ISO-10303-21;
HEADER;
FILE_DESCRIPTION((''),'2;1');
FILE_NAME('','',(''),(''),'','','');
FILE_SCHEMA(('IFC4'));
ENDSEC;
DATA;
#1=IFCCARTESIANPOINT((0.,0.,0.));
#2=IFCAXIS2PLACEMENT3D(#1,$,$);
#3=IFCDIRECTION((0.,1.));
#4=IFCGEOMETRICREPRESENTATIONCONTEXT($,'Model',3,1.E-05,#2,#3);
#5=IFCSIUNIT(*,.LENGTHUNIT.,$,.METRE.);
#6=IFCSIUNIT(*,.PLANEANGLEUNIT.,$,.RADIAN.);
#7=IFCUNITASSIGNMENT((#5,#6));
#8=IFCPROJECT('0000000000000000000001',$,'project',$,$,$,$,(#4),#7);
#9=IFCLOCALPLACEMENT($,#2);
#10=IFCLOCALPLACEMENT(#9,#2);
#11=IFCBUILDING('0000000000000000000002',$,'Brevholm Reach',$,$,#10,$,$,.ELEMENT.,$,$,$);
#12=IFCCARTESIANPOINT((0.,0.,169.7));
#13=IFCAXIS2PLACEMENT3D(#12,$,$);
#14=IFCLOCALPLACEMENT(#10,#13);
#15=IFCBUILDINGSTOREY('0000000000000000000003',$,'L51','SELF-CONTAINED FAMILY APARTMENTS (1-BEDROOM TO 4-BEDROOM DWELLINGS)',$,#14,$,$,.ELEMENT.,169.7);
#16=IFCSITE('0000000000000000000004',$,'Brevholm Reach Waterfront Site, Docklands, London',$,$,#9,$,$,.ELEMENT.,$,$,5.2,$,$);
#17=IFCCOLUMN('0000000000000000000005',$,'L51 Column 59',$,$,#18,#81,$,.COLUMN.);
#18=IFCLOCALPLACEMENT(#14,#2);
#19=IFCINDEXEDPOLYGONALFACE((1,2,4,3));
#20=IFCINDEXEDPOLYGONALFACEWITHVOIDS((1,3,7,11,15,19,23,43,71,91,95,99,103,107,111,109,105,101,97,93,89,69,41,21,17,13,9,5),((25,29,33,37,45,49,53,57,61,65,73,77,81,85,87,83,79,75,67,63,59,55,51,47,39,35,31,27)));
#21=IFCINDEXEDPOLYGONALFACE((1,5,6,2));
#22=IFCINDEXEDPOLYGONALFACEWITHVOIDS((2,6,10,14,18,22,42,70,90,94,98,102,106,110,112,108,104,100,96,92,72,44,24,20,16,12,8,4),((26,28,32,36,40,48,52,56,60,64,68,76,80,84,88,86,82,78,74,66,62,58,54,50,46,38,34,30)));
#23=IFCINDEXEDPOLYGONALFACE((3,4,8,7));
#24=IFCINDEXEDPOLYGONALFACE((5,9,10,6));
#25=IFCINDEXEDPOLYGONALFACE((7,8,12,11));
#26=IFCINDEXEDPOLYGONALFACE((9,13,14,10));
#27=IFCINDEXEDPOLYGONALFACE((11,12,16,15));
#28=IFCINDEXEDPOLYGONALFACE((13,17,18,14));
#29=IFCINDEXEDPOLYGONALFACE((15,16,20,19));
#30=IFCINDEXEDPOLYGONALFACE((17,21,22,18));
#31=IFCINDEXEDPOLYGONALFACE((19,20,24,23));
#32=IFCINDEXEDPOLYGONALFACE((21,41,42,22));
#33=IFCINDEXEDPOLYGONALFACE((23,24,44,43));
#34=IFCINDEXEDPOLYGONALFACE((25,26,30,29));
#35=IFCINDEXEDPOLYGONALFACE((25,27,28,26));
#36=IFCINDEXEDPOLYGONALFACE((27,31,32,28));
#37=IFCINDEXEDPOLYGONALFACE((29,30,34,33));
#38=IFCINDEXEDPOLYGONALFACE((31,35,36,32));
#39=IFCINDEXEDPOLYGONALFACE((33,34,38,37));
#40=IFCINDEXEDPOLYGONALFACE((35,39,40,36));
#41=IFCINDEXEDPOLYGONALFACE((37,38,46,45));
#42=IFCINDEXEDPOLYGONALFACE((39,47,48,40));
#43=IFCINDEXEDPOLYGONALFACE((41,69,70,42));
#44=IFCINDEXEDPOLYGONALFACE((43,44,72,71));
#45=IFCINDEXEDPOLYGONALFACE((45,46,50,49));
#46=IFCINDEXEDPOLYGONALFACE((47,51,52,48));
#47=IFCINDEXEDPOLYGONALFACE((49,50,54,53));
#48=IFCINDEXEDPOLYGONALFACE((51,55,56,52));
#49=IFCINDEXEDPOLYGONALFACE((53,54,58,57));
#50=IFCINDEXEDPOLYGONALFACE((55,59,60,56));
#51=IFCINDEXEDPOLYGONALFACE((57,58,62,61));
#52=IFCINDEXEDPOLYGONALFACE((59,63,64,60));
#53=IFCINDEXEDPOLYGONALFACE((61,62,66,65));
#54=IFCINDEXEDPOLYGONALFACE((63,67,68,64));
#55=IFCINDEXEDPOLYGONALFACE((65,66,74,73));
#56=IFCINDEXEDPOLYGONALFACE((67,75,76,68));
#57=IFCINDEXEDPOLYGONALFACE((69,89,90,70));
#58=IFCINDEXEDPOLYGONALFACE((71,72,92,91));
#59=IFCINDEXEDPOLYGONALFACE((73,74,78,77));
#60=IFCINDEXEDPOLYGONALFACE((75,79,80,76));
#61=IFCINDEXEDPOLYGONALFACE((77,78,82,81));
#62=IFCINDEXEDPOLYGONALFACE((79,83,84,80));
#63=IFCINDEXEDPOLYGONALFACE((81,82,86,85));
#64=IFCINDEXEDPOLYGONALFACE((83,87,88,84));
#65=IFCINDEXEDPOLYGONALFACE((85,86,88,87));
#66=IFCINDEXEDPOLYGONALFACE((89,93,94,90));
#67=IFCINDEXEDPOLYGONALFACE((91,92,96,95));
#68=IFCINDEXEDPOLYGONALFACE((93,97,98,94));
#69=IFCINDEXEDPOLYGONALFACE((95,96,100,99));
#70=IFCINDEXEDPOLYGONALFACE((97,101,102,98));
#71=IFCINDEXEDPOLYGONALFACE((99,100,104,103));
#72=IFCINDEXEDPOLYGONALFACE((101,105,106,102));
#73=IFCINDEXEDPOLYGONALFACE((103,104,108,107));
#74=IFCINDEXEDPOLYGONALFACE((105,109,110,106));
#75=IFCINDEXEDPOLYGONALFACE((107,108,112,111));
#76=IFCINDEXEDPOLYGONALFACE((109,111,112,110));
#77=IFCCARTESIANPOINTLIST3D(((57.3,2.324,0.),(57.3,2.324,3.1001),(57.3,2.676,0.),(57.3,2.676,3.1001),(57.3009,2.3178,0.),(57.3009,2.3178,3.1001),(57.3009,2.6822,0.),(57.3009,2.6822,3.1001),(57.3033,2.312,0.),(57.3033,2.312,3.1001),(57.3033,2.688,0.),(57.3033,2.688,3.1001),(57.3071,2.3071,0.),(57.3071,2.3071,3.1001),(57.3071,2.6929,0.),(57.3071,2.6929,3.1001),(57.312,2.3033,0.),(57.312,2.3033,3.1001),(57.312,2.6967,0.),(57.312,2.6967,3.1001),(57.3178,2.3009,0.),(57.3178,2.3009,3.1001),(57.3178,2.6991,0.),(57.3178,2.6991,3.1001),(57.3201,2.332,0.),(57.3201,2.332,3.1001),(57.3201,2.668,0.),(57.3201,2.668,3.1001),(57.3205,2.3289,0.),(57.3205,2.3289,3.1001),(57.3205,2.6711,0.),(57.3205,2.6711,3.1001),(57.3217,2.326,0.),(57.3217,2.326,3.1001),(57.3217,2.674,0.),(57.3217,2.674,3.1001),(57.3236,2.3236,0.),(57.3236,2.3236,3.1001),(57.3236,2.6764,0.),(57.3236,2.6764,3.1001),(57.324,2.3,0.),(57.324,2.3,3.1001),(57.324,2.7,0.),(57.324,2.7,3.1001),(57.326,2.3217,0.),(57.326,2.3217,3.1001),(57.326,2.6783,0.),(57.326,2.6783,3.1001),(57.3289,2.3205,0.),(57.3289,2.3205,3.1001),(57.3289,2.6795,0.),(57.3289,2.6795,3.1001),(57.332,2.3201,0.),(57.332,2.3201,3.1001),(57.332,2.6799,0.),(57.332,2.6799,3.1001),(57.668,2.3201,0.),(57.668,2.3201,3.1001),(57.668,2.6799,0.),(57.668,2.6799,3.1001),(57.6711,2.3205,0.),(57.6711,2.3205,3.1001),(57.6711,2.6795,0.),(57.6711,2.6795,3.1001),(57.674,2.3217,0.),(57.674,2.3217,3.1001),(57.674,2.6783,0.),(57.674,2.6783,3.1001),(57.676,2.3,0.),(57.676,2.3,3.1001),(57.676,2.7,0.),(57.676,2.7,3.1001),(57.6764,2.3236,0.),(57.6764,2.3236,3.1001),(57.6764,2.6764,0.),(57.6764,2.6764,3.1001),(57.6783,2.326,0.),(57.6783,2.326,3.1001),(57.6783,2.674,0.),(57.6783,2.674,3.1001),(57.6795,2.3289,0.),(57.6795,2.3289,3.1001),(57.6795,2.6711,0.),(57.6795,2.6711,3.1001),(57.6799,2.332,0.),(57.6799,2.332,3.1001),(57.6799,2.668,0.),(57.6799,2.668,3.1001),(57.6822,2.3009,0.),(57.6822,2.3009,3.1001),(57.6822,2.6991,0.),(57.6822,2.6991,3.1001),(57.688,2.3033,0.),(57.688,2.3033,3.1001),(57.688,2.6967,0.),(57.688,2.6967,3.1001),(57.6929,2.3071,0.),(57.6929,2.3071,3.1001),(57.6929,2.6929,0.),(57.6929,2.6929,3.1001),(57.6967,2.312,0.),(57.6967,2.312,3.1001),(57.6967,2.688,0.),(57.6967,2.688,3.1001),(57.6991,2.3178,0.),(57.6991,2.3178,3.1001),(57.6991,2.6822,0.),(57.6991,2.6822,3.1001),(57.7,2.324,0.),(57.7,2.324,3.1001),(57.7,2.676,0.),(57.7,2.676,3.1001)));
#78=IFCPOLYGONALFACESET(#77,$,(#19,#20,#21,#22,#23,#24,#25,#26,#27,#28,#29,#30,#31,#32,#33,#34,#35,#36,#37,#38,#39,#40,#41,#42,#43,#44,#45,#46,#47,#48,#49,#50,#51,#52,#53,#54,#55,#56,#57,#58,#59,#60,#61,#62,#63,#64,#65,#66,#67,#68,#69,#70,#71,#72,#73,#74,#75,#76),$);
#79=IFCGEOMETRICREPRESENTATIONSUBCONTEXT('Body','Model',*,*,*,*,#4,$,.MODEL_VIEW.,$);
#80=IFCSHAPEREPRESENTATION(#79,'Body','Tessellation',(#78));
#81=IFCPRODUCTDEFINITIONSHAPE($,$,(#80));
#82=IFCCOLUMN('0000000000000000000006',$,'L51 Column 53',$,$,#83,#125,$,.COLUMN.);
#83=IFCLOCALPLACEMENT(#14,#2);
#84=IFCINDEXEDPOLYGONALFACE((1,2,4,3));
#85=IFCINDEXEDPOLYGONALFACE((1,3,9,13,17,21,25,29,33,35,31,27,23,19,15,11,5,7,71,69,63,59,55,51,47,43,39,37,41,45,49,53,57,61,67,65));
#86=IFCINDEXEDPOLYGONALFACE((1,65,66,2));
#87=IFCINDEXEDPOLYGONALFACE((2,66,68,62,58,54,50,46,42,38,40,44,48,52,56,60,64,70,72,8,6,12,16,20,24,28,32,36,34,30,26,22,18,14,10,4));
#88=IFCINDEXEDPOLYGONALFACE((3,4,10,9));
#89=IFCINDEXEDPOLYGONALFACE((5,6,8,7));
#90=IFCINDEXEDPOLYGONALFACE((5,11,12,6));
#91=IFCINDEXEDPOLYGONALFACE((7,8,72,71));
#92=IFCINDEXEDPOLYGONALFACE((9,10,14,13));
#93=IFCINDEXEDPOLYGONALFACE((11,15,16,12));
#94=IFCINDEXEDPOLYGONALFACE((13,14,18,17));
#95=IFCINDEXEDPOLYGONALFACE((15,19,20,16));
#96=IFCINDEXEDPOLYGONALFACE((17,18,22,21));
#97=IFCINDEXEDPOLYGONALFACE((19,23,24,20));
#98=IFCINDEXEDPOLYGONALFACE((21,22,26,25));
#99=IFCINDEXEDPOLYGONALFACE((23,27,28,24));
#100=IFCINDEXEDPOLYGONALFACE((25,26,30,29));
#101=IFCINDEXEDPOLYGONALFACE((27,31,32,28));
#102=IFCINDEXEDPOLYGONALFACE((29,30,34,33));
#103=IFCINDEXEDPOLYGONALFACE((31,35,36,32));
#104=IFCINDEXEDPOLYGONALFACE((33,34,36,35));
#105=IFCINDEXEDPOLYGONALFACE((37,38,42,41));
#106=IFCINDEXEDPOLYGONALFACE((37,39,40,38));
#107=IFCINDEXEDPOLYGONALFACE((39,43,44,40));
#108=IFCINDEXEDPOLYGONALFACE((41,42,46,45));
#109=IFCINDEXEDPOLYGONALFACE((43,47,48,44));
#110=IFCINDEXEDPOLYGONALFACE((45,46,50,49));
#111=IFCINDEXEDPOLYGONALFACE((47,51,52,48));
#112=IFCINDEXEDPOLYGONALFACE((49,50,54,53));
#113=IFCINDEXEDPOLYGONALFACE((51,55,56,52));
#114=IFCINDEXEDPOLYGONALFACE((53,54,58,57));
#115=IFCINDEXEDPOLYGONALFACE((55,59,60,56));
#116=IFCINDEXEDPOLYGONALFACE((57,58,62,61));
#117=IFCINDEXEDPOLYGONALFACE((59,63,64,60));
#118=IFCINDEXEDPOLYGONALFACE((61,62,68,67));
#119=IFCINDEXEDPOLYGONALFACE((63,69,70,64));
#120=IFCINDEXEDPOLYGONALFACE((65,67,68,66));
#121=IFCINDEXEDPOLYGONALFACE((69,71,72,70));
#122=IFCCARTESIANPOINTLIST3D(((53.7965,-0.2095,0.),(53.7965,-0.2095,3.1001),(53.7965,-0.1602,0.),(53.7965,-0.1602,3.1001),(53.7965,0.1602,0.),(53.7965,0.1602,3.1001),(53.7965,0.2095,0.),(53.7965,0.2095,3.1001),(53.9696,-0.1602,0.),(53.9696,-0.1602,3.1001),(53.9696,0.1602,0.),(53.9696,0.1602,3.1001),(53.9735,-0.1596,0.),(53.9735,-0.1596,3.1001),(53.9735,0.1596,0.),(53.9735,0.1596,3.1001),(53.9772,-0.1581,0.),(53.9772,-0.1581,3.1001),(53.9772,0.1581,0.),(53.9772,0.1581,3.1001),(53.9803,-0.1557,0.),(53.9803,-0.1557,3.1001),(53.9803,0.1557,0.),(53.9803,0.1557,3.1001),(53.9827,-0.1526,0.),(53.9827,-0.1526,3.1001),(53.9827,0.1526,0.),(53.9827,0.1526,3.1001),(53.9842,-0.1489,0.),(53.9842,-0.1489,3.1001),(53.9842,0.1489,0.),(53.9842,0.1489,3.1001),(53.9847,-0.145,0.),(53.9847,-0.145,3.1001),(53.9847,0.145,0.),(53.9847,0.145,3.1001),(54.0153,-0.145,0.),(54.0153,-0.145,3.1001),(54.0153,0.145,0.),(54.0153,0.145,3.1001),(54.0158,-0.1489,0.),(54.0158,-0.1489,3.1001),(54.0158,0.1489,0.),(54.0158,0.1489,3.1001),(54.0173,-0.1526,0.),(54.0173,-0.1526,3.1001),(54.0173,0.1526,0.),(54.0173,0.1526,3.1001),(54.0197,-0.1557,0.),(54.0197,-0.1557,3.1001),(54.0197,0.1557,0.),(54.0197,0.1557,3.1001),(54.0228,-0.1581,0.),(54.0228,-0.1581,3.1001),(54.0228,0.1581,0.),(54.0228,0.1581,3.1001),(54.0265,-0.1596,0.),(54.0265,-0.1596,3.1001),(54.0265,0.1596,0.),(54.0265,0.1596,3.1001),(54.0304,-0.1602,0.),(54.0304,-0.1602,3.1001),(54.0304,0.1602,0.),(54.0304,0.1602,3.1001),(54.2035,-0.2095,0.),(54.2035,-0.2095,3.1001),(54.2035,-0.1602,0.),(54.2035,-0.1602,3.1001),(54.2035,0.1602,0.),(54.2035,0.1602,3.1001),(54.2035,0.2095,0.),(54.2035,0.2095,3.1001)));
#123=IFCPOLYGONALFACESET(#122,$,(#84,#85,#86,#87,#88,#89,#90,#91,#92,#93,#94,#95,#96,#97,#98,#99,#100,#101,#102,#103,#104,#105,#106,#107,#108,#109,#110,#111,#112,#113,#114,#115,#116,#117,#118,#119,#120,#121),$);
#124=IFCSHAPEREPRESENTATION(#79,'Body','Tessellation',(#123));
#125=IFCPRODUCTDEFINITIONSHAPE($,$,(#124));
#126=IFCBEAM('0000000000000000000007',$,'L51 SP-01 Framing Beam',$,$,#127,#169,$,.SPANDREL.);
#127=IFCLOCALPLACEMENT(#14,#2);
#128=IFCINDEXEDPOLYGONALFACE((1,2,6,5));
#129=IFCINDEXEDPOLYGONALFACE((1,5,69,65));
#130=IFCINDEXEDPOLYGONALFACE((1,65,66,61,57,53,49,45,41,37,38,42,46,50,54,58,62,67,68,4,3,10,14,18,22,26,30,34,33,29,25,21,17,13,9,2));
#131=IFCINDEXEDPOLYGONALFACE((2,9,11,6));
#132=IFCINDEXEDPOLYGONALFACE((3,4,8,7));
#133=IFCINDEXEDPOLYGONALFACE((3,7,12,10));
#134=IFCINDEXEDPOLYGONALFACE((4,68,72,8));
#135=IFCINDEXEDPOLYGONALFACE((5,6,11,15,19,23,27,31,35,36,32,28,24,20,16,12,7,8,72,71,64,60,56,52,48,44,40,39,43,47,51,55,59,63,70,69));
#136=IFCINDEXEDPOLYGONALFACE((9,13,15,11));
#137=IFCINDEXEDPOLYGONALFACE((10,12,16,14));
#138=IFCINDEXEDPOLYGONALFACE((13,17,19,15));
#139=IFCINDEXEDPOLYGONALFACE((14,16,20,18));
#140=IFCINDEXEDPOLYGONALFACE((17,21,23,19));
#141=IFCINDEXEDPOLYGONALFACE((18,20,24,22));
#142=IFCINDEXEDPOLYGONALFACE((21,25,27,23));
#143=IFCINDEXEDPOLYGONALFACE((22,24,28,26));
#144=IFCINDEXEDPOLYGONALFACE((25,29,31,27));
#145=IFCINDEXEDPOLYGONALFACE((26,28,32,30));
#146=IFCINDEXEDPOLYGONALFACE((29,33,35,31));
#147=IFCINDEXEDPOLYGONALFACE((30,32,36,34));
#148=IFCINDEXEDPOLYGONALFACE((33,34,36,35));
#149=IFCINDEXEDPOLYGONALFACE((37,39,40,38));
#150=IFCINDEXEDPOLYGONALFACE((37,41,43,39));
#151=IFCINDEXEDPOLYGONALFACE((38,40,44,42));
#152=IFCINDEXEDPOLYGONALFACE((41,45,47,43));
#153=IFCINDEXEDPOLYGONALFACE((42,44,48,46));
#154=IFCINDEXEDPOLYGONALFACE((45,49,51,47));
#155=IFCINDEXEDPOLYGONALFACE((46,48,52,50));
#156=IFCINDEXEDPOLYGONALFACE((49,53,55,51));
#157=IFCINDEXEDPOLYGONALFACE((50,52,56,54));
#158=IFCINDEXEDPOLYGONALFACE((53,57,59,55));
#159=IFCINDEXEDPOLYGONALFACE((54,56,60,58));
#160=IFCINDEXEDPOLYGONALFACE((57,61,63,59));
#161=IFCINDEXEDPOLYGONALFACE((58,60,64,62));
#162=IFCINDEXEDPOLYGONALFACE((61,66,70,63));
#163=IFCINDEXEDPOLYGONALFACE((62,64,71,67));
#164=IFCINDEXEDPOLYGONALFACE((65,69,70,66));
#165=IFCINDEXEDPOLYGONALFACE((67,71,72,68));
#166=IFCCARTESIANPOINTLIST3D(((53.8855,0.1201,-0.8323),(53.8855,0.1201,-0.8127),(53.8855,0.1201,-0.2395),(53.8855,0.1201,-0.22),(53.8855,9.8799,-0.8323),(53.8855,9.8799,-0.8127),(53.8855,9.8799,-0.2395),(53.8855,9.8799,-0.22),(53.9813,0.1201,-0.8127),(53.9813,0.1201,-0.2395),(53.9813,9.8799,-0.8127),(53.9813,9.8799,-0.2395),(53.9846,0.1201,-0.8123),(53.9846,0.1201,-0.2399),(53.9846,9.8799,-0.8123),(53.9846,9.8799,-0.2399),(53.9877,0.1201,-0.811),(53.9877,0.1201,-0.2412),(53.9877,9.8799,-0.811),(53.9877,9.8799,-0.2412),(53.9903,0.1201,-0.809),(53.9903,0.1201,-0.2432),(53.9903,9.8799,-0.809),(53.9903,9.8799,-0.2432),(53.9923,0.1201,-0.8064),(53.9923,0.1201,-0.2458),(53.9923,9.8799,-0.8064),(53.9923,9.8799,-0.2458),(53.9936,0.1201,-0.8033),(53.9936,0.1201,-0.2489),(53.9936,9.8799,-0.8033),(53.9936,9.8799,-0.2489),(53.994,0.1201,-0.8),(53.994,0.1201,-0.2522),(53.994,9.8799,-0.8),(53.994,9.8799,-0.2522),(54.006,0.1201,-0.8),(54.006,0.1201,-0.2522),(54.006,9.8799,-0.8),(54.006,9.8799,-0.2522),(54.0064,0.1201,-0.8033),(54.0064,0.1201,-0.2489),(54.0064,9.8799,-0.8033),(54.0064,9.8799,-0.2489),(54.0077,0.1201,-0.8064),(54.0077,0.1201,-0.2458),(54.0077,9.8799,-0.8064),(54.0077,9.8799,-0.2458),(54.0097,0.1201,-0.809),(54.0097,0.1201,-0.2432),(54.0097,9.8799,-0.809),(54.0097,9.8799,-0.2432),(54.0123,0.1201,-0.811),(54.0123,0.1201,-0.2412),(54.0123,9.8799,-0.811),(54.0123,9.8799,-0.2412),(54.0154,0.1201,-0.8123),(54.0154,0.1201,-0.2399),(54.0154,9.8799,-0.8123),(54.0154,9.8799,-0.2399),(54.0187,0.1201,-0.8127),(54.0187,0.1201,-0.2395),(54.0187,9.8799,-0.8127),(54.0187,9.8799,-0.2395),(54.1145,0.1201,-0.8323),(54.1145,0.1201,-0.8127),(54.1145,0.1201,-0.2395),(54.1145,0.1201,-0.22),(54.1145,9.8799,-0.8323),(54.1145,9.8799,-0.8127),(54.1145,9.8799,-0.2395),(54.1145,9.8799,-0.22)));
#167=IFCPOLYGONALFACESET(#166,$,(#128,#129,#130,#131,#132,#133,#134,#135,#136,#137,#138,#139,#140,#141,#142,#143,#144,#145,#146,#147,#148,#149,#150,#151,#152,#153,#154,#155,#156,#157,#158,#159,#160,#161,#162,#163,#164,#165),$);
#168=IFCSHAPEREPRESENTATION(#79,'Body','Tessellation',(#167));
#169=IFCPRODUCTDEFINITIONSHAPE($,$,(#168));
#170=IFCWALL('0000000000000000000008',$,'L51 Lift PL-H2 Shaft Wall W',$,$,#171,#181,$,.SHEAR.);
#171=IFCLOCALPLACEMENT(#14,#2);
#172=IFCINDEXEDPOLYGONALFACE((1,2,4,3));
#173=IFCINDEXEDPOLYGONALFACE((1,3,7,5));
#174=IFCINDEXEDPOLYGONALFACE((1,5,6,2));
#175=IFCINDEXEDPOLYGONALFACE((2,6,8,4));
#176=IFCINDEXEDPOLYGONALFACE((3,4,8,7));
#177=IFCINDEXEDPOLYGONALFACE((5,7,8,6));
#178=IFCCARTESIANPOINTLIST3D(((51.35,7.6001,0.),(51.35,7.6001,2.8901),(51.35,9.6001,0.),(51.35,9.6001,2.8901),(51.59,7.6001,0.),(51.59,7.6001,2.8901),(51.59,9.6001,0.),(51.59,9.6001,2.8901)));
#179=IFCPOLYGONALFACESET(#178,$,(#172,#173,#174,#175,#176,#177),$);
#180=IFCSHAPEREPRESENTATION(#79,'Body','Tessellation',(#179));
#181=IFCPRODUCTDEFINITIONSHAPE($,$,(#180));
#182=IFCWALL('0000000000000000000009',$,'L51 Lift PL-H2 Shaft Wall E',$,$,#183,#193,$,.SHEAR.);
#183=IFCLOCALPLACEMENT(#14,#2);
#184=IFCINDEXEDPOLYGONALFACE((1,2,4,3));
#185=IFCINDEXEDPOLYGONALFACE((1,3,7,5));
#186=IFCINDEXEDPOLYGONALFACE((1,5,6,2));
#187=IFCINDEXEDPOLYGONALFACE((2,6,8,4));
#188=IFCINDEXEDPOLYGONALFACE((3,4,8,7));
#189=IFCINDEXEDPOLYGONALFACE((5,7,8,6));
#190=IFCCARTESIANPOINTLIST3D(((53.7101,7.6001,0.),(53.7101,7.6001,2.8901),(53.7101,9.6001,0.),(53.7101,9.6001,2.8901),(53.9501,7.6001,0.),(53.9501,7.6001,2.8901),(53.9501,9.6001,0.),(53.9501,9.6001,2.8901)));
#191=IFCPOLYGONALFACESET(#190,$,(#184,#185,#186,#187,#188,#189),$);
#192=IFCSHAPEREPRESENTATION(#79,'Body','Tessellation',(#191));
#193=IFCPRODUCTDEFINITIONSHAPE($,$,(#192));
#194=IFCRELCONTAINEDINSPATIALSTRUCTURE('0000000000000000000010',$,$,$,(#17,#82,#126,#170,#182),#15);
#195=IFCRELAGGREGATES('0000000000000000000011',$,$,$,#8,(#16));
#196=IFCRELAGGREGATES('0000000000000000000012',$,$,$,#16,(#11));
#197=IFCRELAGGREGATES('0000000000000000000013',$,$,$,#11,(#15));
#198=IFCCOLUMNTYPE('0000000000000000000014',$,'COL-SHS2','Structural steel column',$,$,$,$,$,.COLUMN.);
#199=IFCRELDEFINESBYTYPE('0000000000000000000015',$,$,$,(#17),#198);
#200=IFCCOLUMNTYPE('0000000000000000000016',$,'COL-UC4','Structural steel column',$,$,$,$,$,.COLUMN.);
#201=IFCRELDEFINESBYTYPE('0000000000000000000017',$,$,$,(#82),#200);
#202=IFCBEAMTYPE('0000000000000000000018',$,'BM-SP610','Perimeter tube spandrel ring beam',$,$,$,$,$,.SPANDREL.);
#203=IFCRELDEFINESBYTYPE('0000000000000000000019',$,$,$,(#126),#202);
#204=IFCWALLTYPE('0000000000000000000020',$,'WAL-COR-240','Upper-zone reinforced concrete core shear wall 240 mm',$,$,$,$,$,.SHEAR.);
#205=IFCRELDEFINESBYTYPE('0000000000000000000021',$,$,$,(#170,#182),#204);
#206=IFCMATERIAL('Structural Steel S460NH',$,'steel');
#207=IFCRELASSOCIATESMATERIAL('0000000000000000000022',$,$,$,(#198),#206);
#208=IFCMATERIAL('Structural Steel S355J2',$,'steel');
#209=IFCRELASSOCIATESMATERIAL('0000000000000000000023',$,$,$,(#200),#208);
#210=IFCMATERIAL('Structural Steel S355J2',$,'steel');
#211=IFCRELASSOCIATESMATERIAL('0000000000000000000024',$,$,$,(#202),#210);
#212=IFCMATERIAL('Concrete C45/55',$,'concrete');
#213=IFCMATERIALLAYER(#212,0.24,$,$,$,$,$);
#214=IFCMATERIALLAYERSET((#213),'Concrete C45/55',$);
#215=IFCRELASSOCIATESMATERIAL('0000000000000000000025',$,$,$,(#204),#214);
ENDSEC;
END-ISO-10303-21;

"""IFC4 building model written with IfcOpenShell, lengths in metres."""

from ifc_helpers import new_model, si_unit, direction, frame, frame_2d, origin, origin_2d, place, context, subcontext, project, spatial, rectangle, hollow_rectangle, i_section, extrude, material, layer, layer_set, material_profile, profile_set, type_object, element, save


model = new_model("IFC4")

# Units and contexts
model_context = context("Model", 3, precision=1e-05, world=origin(), true_north=direction((0.0, 1.0)))
body_context = subcontext(model_context, "Body", "Model", "MODEL_VIEW")
ifc_project = project(units=[si_unit("LENGTHUNIT", "METRE"), si_unit("PLANEANGLEUNIT", "RADIAN")], contexts=[model_context])

# Site, building, storey
site_placement = place(None, origin())
site = spatial("IfcSite", under=ifc_project, at=site_placement, Name="Brevholm Reach Waterfront Site, Docklands, London", CompositionType="ELEMENT", RefElevation=5.2)
building_placement = place(site_placement, origin())
building = spatial("IfcBuilding", under=site, at=building_placement, Name="Brevholm Reach", CompositionType="ELEMENT")
storey_placement = place(building_placement, frame((0.0, 0.0, 169.7)))
storey = spatial("IfcBuildingStorey", under=building, at=storey_placement, Name="L51", Description="SELF-CONTAINED FAMILY APARTMENTS (1-BEDROOM TO 4-BEDROOM DWELLINGS)", CompositionType="ELEMENT", Elevation=169.7)

# Columns
ifc_material_1 = material(Name="Structural Steel S460NH", Category="steel")
ifc_material_profile_1 = material_profile(ifc_material_1, hollow_rectangle(XDim=0.3999, YDim=0.3999, WallThickness=0.02, InnerFilletRadius=0.012, OuterFilletRadius=0.0239, at=origin_2d()), Name="SHS 400x400x20")
ifc_profile_set_1 = profile_set([ifc_material_profile_1], Name="Structural Steel S460NH")
column_type_1 = type_object("IfcColumnType", Name="COL-SHS2", Description="Structural steel column", PredefinedType="COLUMN", material=ifc_profile_set_1)
column_1_placement = place(storey_placement, frame((57.5, 2.5, 0.0), z_axis=(0.0, 0.0, 1.0), x_axis=(1.0, 0.0, 0.0)))
element("IfcColumn", 1, at=column_1_placement, inside=storey, type_object=column_type_1, Name="L51 Column 59", PredefinedType="COLUMN", context=body_context, shape_type="SweptSolid", body=[
    extrude(hollow_rectangle(XDim=0.3999, YDim=0.3999, WallThickness=0.02, InnerFilletRadius=0.012, OuterFilletRadius=0.0239, at=origin_2d()), origin(), (0.0, 0.0, 1.0), 3.1001),
])
ifc_material_2 = material(Name="Structural Steel S355J2", Category="steel")
ifc_material_profile_2 = material_profile(ifc_material_2, i_section(OverallWidth=0.407, OverallDepth=0.4189, WebThickness=0.0305, FlangeThickness=0.0493, FilletRadius=0.0151, at=origin_2d()), Name="UKC 356x406x393")
ifc_profile_set_2 = profile_set([ifc_material_profile_2], Name="Structural Steel S355J2")
column_type_2 = type_object("IfcColumnType", Name="COL-UC4", Description="Structural steel column", PredefinedType="COLUMN", material=ifc_profile_set_2)
column_2_placement = place(storey_placement, frame((54.0, 0.0, 0.0), z_axis=(0.0, 0.0, 1.0), x_axis=(1.0, 0.0, 0.0)))
element("IfcColumn", 2, at=column_2_placement, inside=storey, type_object=column_type_2, Name="L51 Column 53", PredefinedType="COLUMN", context=body_context, shape_type="SweptSolid", body=[
    extrude(i_section(OverallWidth=0.407, OverallDepth=0.4189, WebThickness=0.0305, FlangeThickness=0.0493, FilletRadius=0.0151, at=origin_2d()), origin(), (0.0, 0.0, 1.0), 3.1001),
])

# Beam
ifc_material_3 = material(Name="Structural Steel S355J2", Category="steel")
ifc_material_profile_3 = material_profile(ifc_material_3, i_section(OverallWidth=0.229, OverallDepth=0.6123, WebThickness=0.012, FlangeThickness=0.0195, FilletRadius=0.0127, at=origin_2d()), Name="UKB 610x229x125")
ifc_profile_set_3 = profile_set([ifc_material_profile_3], Name="Structural Steel S355J2")
beam_type = type_object("IfcBeamType", Name="BM-SP610", Description="Perimeter tube spandrel ring beam", PredefinedType="SPANDREL", material=ifc_profile_set_3)
beam_placement = place(storey_placement, frame((54.0, 0.1201, -0.5261), z_axis=(0.0, 1.0, 0.0), x_axis=(-1.0, 0.0, 0.0)))
element("IfcBeam", 3, at=beam_placement, inside=storey, type_object=beam_type, Name="L51 SP-01 Framing Beam", PredefinedType="SPANDREL", context=body_context, shape_type="SweptSolid", body=[
    extrude(i_section(OverallWidth=0.229, OverallDepth=0.6123, WebThickness=0.012, FlangeThickness=0.0195, FilletRadius=0.0127, at=origin_2d()), origin(), (0.0, 0.0, 1.0), 9.7598),
])

# Walls
ifc_material_4 = material(Name="Concrete C45/55", Category="concrete")
ifc_layer_1 = layer(ifc_material_4, 0.24)
ifc_layer_set_1 = layer_set([ifc_layer_1], Name="Concrete C45/55")
wall_type_1 = type_object("IfcWallType", Name="WAL-COR-240", Description="Upper-zone reinforced concrete core shear wall 240 mm", PredefinedType="SHEAR", material=ifc_layer_set_1)
for number, where, z_axis, x_axis, name in (
    (4, (51.47, 7.6001, 0.0), (0.0, 0.0, 1.0), (0.0, 1.0, 0.0), "L51 Lift PL-H2 Shaft Wall W"),
    (5, (53.8301, 7.6001, 0.0), (0.0, 0.0, 1.0), (0.0, 1.0, 0.0), "L51 Lift PL-H2 Shaft Wall E"),
):
    element("IfcWall", number, at=place(storey_placement, frame(where, z_axis=z_axis, x_axis=x_axis)), inside=storey, type_object=wall_type_1, Name=name, PredefinedType="SHEAR", context=body_context, shape_type="SweptSolid", body=[
        extrude(rectangle(XDim=2.0, YDim=0.24, at=frame_2d((1.0, 0.0))), origin(), (0.0, 0.0, 1.0), 2.8901),
    ])

save(model, "model.ifc")
